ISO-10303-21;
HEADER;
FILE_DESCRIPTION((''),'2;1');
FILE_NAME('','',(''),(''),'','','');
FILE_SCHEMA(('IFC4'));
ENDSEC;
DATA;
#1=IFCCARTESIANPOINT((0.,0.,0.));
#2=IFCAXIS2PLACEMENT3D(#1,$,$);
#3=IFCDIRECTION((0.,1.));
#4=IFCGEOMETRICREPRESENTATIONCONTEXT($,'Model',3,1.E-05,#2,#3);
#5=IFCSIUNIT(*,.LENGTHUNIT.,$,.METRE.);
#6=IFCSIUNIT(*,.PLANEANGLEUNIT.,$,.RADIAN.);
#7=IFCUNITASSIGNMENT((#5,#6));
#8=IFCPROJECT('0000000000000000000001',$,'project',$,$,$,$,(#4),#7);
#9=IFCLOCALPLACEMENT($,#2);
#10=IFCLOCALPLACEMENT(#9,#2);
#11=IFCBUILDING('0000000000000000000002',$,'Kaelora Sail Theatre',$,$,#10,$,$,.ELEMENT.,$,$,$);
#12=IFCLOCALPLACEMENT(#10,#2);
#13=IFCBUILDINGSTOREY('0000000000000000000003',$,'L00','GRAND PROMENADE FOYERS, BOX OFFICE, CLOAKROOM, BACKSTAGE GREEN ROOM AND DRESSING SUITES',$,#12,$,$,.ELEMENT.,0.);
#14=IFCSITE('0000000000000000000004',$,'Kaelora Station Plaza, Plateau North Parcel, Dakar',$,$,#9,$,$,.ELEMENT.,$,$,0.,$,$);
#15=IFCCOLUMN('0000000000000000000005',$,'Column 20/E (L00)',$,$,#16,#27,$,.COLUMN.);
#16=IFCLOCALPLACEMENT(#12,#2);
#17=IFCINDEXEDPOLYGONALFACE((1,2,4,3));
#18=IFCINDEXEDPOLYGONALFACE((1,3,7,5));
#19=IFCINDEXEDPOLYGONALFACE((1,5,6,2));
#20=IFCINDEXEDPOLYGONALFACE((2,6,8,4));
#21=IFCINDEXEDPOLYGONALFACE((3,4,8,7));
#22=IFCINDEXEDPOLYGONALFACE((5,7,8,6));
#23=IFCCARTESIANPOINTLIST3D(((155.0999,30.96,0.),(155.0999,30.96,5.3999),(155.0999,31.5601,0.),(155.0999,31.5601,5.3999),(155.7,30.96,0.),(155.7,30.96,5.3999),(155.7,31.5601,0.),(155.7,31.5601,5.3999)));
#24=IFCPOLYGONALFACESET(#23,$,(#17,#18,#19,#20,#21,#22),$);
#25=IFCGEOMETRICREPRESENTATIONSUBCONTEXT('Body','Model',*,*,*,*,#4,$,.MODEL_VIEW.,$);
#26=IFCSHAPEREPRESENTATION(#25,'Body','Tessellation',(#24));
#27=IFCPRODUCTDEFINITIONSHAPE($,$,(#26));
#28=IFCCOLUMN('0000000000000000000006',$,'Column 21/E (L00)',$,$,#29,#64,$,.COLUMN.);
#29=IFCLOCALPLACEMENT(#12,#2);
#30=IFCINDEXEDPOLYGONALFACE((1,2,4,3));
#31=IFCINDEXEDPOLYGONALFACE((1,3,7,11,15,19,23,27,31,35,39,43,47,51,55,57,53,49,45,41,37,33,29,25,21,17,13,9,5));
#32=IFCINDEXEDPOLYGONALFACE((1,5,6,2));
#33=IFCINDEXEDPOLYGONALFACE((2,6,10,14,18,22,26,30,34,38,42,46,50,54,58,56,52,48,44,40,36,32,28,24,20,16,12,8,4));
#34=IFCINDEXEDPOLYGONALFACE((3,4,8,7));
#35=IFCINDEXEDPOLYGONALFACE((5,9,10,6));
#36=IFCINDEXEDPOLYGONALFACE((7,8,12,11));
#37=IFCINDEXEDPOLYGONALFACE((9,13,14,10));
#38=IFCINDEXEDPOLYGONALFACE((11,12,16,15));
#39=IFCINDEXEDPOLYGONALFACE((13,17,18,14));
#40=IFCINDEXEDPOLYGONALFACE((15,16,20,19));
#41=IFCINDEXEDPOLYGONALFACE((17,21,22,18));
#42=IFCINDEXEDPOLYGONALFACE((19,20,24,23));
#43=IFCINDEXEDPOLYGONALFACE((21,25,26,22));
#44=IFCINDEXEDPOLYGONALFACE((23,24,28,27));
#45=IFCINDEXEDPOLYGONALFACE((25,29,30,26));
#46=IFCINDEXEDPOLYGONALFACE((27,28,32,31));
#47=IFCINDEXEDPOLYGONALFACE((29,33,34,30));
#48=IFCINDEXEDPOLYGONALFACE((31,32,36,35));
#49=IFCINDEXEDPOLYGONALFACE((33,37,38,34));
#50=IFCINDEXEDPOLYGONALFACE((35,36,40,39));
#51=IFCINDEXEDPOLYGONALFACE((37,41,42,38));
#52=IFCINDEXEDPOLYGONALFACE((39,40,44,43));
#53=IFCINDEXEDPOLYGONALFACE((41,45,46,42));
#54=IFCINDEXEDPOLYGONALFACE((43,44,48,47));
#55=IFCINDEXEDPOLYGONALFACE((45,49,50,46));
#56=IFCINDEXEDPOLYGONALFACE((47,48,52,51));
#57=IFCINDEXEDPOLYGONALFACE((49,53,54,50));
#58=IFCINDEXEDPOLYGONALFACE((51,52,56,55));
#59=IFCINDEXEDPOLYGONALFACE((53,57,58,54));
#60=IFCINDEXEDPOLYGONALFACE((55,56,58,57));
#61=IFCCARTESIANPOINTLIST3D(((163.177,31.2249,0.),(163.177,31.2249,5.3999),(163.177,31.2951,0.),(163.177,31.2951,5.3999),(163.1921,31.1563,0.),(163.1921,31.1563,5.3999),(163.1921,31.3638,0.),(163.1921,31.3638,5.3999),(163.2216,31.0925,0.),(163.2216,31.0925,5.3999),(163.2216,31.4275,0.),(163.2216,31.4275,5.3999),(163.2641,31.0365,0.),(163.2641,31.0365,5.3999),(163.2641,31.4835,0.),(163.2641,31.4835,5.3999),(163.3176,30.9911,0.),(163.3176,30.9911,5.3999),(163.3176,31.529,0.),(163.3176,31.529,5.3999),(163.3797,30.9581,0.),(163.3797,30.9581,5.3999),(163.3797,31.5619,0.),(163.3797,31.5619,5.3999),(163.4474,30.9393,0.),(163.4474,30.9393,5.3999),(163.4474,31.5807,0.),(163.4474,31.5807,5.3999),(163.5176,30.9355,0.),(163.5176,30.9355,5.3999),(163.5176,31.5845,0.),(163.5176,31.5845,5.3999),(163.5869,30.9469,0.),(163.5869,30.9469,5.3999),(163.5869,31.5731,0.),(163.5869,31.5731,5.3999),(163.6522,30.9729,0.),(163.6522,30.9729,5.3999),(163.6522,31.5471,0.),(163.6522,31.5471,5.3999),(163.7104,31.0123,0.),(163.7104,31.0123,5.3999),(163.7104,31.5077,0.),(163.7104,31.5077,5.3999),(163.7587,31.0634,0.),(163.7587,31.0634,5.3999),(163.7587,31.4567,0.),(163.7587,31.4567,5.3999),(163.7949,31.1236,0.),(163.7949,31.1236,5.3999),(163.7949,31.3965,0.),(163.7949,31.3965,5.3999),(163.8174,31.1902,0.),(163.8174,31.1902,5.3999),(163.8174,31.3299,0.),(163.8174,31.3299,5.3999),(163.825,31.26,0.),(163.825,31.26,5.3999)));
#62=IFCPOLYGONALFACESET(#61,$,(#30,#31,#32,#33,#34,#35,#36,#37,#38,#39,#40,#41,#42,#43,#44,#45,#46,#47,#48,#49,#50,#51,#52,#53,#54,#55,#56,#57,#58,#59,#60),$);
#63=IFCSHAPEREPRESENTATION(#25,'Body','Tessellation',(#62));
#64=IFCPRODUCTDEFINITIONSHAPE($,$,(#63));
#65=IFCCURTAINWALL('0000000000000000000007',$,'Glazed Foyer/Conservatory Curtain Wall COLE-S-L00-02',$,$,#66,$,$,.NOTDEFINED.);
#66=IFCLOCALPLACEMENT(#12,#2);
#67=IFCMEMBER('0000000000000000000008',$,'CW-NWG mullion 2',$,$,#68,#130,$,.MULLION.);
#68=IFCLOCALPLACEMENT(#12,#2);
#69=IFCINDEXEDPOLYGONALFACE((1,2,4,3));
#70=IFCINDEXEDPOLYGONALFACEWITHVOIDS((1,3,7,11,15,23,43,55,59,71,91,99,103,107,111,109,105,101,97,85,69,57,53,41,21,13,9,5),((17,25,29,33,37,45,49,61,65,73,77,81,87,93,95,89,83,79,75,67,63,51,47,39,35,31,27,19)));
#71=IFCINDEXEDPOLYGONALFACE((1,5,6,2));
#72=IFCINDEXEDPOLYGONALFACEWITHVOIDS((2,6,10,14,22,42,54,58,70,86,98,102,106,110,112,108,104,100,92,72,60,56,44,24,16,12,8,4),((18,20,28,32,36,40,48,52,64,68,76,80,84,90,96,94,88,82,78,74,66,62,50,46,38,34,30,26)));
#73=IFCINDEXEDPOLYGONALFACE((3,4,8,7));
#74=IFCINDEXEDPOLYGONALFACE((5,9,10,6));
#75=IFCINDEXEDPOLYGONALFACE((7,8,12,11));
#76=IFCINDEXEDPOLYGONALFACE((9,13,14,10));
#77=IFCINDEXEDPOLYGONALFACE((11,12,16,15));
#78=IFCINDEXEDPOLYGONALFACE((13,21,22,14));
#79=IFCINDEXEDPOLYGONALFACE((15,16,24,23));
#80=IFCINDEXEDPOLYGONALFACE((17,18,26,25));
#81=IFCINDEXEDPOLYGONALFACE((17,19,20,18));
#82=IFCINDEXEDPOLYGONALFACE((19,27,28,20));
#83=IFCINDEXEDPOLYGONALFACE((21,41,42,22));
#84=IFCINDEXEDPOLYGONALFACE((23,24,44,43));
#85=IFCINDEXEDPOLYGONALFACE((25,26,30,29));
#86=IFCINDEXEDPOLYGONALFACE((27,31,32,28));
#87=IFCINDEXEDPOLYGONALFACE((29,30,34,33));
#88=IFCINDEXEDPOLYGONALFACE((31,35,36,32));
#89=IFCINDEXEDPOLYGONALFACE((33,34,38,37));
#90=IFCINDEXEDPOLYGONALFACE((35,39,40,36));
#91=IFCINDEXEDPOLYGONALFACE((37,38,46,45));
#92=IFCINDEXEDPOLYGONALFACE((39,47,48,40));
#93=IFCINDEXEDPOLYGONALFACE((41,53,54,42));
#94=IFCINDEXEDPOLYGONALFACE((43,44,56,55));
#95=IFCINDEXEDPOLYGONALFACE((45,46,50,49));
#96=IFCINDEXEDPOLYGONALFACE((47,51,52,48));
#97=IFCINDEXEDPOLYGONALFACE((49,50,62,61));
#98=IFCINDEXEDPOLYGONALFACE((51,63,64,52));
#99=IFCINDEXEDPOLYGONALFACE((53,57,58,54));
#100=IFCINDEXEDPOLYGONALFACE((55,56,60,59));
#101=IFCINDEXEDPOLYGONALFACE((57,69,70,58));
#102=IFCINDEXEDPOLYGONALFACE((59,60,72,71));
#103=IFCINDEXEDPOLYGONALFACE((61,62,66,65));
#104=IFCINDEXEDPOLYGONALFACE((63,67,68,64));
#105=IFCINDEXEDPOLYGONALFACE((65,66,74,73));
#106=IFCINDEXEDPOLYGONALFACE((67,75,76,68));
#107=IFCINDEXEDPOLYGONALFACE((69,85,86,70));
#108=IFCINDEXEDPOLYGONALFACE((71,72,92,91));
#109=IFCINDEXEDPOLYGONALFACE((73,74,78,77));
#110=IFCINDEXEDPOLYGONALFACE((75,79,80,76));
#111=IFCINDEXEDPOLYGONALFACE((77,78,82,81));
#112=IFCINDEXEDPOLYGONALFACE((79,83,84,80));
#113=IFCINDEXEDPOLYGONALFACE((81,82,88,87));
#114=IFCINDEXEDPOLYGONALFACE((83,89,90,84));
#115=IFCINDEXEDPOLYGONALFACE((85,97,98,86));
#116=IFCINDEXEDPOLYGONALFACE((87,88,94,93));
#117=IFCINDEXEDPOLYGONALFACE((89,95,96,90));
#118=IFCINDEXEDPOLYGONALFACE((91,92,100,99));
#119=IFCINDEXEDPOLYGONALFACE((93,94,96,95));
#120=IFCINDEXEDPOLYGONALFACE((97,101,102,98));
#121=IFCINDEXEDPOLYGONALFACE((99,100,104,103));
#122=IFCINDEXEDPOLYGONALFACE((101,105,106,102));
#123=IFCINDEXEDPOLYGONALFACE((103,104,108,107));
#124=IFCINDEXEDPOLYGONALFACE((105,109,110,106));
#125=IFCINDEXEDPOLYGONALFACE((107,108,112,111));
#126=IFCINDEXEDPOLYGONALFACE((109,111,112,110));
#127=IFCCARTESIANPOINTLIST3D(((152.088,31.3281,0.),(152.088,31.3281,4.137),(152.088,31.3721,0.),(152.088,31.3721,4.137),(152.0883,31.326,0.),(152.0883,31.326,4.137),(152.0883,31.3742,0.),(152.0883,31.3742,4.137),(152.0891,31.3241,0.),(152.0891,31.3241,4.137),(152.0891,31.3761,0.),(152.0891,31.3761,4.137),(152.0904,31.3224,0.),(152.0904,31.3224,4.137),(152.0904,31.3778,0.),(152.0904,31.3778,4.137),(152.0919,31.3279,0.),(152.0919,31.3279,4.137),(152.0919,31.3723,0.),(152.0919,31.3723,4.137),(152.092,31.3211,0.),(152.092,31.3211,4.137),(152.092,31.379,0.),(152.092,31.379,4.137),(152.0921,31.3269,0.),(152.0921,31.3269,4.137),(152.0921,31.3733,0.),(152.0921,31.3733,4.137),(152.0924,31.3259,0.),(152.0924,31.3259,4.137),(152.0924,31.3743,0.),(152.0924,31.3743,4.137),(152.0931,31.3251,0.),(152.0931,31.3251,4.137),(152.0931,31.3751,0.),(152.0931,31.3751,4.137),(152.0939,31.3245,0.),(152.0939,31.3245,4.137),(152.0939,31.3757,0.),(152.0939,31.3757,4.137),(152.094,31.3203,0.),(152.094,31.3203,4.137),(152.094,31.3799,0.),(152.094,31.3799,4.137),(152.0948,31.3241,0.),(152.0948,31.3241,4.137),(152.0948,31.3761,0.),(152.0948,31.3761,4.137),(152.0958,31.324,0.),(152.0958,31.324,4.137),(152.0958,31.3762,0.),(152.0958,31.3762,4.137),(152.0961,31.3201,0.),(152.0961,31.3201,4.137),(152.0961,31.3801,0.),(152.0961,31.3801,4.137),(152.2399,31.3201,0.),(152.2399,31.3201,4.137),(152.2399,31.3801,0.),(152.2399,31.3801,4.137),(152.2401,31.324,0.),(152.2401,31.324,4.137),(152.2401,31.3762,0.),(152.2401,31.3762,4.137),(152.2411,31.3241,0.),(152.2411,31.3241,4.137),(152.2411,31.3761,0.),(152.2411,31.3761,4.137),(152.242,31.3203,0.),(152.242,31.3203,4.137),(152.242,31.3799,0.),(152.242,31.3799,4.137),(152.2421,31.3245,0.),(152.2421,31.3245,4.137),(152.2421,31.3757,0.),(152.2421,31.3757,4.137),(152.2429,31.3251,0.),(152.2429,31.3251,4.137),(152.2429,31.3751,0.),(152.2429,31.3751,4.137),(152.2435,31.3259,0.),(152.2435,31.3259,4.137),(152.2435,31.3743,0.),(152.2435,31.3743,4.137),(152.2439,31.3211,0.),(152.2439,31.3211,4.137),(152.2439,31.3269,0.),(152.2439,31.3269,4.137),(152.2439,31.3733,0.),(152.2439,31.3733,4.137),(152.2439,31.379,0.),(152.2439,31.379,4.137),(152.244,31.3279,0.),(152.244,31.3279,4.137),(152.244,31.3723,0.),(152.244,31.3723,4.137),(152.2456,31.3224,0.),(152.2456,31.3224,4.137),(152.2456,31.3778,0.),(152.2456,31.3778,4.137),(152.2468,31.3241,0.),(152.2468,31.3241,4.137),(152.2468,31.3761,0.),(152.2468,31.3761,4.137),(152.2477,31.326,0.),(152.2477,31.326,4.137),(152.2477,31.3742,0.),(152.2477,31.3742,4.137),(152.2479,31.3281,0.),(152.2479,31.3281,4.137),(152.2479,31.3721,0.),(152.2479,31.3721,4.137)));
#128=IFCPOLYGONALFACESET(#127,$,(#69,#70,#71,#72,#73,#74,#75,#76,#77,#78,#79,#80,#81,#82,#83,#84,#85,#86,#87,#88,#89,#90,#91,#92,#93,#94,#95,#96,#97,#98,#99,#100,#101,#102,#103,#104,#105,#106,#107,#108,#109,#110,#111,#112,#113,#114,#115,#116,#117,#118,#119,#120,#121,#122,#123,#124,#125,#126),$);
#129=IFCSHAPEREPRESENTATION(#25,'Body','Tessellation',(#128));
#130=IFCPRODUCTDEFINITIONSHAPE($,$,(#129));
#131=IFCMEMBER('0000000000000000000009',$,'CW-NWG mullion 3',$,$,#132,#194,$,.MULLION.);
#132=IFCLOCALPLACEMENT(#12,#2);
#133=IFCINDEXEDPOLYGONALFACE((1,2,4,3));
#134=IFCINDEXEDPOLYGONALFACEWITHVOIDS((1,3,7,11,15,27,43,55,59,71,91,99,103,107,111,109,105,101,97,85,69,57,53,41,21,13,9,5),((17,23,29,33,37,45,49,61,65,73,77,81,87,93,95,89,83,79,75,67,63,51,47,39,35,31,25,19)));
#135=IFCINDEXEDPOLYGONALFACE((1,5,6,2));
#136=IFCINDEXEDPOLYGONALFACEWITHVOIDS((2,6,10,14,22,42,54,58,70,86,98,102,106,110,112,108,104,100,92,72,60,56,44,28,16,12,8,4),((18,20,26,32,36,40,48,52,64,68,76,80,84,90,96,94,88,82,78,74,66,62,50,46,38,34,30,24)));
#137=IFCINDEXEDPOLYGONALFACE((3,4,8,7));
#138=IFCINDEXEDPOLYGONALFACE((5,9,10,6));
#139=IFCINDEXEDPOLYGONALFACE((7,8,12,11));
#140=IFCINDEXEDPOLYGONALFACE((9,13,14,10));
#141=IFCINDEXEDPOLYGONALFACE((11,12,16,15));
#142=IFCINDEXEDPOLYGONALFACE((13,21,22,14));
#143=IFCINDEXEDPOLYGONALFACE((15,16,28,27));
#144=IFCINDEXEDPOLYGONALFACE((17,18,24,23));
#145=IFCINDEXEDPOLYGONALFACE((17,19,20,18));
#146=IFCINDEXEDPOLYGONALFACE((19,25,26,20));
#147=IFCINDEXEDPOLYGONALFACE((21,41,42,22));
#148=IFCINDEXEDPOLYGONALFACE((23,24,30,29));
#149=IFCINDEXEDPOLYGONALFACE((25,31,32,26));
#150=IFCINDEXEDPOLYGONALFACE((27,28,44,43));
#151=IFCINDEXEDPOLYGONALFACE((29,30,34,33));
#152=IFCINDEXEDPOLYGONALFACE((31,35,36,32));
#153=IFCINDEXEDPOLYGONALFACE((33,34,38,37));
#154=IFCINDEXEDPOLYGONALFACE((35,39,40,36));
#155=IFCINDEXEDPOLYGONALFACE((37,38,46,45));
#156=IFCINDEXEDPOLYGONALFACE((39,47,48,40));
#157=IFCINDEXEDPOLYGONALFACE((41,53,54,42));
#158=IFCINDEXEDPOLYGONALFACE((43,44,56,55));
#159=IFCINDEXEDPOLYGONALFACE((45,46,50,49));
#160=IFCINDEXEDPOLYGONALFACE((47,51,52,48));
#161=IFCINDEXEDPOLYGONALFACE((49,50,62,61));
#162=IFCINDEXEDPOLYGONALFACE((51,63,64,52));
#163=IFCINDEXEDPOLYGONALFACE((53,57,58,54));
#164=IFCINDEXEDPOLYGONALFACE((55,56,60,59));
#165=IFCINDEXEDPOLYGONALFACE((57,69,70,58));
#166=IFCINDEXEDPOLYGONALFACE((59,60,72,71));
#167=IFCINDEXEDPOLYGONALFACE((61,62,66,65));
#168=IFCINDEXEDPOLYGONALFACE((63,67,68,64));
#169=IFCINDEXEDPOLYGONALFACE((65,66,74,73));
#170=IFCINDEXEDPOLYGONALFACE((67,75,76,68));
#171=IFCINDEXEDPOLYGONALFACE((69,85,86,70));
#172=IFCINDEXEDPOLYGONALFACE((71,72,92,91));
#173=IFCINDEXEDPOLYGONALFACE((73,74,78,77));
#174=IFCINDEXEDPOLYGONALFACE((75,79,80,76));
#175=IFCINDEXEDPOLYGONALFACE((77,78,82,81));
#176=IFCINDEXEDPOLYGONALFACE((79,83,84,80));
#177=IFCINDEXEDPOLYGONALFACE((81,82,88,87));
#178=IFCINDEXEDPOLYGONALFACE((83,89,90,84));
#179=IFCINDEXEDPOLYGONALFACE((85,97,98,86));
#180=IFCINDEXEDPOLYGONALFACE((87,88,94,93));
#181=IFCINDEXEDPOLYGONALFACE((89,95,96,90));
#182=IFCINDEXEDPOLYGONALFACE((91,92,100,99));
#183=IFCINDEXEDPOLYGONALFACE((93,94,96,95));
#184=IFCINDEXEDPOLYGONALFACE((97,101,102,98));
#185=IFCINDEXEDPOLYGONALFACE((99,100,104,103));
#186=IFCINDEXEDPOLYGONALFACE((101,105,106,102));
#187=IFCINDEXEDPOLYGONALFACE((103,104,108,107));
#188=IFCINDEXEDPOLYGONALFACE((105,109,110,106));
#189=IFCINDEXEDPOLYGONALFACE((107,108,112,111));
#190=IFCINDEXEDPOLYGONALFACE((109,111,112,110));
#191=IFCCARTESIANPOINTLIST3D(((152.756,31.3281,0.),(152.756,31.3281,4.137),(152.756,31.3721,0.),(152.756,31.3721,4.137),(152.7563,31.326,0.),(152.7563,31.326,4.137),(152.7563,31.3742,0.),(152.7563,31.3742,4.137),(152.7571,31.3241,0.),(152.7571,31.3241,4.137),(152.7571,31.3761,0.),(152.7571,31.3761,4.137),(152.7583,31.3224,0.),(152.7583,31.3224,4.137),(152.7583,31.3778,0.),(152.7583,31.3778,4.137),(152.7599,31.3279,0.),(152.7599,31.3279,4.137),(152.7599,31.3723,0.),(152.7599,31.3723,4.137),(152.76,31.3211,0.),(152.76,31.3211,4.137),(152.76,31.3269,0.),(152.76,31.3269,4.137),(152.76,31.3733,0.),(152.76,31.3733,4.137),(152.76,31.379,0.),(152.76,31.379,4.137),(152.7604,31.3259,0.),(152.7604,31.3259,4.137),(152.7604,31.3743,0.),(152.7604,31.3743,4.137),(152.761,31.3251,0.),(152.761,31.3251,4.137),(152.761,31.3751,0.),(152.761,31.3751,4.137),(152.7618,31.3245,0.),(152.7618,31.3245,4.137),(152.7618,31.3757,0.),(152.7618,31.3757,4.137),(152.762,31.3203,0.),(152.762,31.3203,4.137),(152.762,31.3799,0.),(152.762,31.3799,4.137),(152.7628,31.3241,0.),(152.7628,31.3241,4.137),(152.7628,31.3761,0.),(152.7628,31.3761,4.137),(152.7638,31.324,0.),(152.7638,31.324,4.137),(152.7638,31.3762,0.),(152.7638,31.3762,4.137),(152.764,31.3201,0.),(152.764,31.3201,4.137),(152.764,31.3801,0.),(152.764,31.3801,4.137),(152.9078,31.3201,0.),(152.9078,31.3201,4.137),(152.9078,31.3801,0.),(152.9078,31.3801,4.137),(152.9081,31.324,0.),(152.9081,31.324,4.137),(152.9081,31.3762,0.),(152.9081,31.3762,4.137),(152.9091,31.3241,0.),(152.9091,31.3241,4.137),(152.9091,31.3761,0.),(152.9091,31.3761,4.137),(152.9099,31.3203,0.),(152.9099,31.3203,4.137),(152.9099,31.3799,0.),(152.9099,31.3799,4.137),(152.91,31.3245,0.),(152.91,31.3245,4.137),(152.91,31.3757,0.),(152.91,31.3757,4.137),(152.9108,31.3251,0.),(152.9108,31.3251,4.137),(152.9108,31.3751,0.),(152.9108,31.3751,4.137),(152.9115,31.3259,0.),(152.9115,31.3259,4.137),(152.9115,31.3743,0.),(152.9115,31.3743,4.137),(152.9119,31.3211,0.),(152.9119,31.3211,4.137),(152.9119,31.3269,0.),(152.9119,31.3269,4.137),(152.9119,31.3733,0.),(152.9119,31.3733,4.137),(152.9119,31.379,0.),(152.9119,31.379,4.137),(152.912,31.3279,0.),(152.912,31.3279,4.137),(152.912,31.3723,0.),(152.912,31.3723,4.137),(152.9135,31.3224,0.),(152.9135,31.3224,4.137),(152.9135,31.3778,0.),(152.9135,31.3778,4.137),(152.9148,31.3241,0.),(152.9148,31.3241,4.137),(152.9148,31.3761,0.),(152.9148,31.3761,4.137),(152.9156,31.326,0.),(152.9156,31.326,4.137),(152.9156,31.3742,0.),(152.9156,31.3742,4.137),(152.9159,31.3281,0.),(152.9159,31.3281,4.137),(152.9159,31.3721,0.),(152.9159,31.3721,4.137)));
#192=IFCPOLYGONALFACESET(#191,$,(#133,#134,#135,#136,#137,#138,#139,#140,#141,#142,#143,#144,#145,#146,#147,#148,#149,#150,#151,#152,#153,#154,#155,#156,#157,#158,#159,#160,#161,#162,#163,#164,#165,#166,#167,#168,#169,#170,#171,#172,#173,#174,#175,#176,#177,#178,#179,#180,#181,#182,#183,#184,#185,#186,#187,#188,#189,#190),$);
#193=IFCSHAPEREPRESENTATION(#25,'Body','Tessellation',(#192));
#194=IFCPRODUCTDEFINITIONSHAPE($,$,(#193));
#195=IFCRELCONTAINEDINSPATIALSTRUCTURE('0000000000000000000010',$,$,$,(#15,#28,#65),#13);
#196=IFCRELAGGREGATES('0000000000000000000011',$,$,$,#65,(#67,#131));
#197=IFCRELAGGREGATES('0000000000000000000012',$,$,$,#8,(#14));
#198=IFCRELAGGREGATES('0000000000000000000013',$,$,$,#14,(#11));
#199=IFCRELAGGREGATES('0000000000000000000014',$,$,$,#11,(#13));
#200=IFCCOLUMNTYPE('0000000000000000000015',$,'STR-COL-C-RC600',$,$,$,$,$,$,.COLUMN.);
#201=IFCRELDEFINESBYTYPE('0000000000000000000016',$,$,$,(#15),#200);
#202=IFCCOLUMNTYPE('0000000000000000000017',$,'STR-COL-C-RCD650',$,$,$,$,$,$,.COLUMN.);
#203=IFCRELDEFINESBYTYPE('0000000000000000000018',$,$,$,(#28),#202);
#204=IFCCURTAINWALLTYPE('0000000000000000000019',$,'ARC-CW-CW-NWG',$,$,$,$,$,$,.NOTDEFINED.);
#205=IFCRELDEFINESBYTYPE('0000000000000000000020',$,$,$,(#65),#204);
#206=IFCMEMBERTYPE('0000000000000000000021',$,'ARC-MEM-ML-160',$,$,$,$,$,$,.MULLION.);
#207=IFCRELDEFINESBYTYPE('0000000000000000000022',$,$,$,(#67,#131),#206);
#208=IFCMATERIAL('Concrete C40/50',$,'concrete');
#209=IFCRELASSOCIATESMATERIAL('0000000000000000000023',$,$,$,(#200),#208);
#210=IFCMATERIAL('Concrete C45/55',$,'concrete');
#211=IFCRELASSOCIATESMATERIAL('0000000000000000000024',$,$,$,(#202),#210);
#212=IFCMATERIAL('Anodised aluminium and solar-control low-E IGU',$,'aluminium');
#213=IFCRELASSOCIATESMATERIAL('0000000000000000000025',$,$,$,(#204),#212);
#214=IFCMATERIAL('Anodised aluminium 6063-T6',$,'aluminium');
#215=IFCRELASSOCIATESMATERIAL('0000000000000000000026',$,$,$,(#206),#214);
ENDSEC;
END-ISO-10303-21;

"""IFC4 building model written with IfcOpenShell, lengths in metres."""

from ifc_helpers import new_model, si_unit, direction, frame, origin, origin_2d, place, context, subcontext, project, spatial, rectangle, hollow_rectangle, circle, extrude, material, material_profile, profile_set, type_object, element, aggregate, save


model = new_model("IFC4")

# Units and contexts
model_context = context("Model", 3, precision=1e-05, world=origin(), true_north=direction((0.0, 1.0)))
body_context = subcontext(model_context, "Body", "Model", "MODEL_VIEW")
ifc_project = project(units=[si_unit("LENGTHUNIT", "METRE"), si_unit("PLANEANGLEUNIT", "RADIAN")], contexts=[model_context])

# Site, building, storey
site_placement = place(None, origin())
site = spatial("IfcSite", under=ifc_project, at=site_placement, Name="Kaelora Station Plaza, Plateau North Parcel, Dakar", CompositionType="ELEMENT", RefElevation=0.0)
building_placement = place(site_placement, origin())
building = spatial("IfcBuilding", under=site, at=building_placement, Name="Kaelora Sail Theatre", CompositionType="ELEMENT")
storey_placement = place(building_placement, origin())
storey = spatial("IfcBuildingStorey", under=building, at=storey_placement, Name="L00", Description="GRAND PROMENADE FOYERS, BOX OFFICE, CLOAKROOM, BACKSTAGE GREEN ROOM AND DRESSING SUITES", CompositionType="ELEMENT", Elevation=0.0)

# Columns
ifc_material_1 = material(Name="Concrete C40/50", Category="concrete")
ifc_material_profile_1 = material_profile(ifc_material_1, rectangle(XDim=0.6001, YDim=0.6001, at=origin_2d()), Name="RC-COL 600x600")
ifc_profile_set_1 = profile_set([ifc_material_profile_1], Name="Concrete C40/50")
column_type_1 = type_object("IfcColumnType", Name="STR-COL-C-RC600", PredefinedType="COLUMN", material=ifc_profile_set_1)
column_1_placement = place(storey_placement, frame((155.3999, 31.26, 0.0), z_axis=(0.0, 0.0, 1.0), x_axis=(1.0, 0.0, 0.0)))
element("IfcColumn", 1, at=column_1_placement, inside=storey, type_object=column_type_1, Name="Column 20/E (L00)", PredefinedType="COLUMN", context=body_context, shape_type="SweptSolid", body=[
    extrude(rectangle(XDim=0.6001, YDim=0.6001, at=origin_2d()), origin(), (0.0, 0.0, 1.0), 5.3999),
])
ifc_material_2 = material(Name="Concrete C45/55", Category="concrete")
ifc_material_profile_2 = material_profile(ifc_material_2, circle(Radius=0.325, at=origin_2d()), Name="RC-CCOL D650")
ifc_profile_set_2 = profile_set([ifc_material_profile_2], Name="Concrete C45/55")
column_type_2 = type_object("IfcColumnType", Name="STR-COL-C-RCD650", PredefinedType="COLUMN", material=ifc_profile_set_2)
column_2_placement = place(storey_placement, frame((163.5, 31.26, 0.0), z_axis=(0.0, 0.0, 1.0), x_axis=(1.0, 0.0, 0.0)))
element("IfcColumn", 2, at=column_2_placement, inside=storey, type_object=column_type_2, Name="Column 21/E (L00)", PredefinedType="COLUMN", context=body_context, shape_type="SweptSolid", body=[
    extrude(circle(Radius=0.325, at=origin_2d()), origin(), (0.0, 0.0, 1.0), 5.3999),
])

# Curtain wall, members
ifc_material_3 = material(Name="Anodised aluminium and solar-control low-E IGU", Category="aluminium")
curtain_wall_type = type_object("IfcCurtainWallType", Name="ARC-CW-CW-NWG", PredefinedType="NOTDEFINED", material=ifc_material_3)
curtain_wall_placement = place(storey_placement, origin())
curtain_wall = element("IfcCurtainWall", 3, at=curtain_wall_placement, inside=storey, type_object=curtain_wall_type, Name="Glazed Foyer/Conservatory Curtain Wall COLE-S-L00-02", PredefinedType="NOTDEFINED")
ifc_material_4 = material(Name="Anodised aluminium 6063-T6", Category="aluminium")
ifc_material_profile_3 = material_profile(ifc_material_4, hollow_rectangle(XDim=0.0601, YDim=0.1599, WallThickness=0.0039, InnerFilletRadius=0.0039, OuterFilletRadius=0.0081, at=origin_2d()), Name="ALU-MULL 60x160x4")
ifc_profile_set_3 = profile_set([ifc_material_profile_3], Name="Anodised aluminium 6063-T6")
member_type_1 = type_object("IfcMemberType", Name="ARC-MEM-ML-160", PredefinedType="MULLION", material=ifc_profile_set_3)
member_1_placement = place(storey_placement, frame((152.168, 31.3501, 0.0), z_axis=(0.0, 0.0, 1.0), x_axis=(0.0, 1.0, 0.0)))
member_1 = element("IfcMember", 4, at=member_1_placement, type_object=member_type_1, Name="CW-NWG mullion 2", PredefinedType="MULLION", context=body_context, shape_type="SweptSolid", body=[
    extrude(hollow_rectangle(XDim=0.0601, YDim=0.1599, WallThickness=0.0039, InnerFilletRadius=0.0039, OuterFilletRadius=0.0081, at=origin_2d()), origin(), (0.0, 0.0, 1.0), 4.137),
])
member_2_placement = place(storey_placement, frame((152.8359, 31.3501, 0.0), z_axis=(0.0, 0.0, 1.0), x_axis=(0.0, 1.0, 0.0)))
member_2 = element("IfcMember", 5, at=member_2_placement, type_object=member_type_1, Name="CW-NWG mullion 3", PredefinedType="MULLION", context=body_context, shape_type="SweptSolid", body=[
    extrude(hollow_rectangle(XDim=0.0601, YDim=0.1599, WallThickness=0.0039, InnerFilletRadius=0.0039, OuterFilletRadius=0.0081, at=origin_2d()), origin(), (0.0, 0.0, 1.0), 4.137),
])

aggregate(curtain_wall, [member_1, member_2])

save(model, "model.ifc")
